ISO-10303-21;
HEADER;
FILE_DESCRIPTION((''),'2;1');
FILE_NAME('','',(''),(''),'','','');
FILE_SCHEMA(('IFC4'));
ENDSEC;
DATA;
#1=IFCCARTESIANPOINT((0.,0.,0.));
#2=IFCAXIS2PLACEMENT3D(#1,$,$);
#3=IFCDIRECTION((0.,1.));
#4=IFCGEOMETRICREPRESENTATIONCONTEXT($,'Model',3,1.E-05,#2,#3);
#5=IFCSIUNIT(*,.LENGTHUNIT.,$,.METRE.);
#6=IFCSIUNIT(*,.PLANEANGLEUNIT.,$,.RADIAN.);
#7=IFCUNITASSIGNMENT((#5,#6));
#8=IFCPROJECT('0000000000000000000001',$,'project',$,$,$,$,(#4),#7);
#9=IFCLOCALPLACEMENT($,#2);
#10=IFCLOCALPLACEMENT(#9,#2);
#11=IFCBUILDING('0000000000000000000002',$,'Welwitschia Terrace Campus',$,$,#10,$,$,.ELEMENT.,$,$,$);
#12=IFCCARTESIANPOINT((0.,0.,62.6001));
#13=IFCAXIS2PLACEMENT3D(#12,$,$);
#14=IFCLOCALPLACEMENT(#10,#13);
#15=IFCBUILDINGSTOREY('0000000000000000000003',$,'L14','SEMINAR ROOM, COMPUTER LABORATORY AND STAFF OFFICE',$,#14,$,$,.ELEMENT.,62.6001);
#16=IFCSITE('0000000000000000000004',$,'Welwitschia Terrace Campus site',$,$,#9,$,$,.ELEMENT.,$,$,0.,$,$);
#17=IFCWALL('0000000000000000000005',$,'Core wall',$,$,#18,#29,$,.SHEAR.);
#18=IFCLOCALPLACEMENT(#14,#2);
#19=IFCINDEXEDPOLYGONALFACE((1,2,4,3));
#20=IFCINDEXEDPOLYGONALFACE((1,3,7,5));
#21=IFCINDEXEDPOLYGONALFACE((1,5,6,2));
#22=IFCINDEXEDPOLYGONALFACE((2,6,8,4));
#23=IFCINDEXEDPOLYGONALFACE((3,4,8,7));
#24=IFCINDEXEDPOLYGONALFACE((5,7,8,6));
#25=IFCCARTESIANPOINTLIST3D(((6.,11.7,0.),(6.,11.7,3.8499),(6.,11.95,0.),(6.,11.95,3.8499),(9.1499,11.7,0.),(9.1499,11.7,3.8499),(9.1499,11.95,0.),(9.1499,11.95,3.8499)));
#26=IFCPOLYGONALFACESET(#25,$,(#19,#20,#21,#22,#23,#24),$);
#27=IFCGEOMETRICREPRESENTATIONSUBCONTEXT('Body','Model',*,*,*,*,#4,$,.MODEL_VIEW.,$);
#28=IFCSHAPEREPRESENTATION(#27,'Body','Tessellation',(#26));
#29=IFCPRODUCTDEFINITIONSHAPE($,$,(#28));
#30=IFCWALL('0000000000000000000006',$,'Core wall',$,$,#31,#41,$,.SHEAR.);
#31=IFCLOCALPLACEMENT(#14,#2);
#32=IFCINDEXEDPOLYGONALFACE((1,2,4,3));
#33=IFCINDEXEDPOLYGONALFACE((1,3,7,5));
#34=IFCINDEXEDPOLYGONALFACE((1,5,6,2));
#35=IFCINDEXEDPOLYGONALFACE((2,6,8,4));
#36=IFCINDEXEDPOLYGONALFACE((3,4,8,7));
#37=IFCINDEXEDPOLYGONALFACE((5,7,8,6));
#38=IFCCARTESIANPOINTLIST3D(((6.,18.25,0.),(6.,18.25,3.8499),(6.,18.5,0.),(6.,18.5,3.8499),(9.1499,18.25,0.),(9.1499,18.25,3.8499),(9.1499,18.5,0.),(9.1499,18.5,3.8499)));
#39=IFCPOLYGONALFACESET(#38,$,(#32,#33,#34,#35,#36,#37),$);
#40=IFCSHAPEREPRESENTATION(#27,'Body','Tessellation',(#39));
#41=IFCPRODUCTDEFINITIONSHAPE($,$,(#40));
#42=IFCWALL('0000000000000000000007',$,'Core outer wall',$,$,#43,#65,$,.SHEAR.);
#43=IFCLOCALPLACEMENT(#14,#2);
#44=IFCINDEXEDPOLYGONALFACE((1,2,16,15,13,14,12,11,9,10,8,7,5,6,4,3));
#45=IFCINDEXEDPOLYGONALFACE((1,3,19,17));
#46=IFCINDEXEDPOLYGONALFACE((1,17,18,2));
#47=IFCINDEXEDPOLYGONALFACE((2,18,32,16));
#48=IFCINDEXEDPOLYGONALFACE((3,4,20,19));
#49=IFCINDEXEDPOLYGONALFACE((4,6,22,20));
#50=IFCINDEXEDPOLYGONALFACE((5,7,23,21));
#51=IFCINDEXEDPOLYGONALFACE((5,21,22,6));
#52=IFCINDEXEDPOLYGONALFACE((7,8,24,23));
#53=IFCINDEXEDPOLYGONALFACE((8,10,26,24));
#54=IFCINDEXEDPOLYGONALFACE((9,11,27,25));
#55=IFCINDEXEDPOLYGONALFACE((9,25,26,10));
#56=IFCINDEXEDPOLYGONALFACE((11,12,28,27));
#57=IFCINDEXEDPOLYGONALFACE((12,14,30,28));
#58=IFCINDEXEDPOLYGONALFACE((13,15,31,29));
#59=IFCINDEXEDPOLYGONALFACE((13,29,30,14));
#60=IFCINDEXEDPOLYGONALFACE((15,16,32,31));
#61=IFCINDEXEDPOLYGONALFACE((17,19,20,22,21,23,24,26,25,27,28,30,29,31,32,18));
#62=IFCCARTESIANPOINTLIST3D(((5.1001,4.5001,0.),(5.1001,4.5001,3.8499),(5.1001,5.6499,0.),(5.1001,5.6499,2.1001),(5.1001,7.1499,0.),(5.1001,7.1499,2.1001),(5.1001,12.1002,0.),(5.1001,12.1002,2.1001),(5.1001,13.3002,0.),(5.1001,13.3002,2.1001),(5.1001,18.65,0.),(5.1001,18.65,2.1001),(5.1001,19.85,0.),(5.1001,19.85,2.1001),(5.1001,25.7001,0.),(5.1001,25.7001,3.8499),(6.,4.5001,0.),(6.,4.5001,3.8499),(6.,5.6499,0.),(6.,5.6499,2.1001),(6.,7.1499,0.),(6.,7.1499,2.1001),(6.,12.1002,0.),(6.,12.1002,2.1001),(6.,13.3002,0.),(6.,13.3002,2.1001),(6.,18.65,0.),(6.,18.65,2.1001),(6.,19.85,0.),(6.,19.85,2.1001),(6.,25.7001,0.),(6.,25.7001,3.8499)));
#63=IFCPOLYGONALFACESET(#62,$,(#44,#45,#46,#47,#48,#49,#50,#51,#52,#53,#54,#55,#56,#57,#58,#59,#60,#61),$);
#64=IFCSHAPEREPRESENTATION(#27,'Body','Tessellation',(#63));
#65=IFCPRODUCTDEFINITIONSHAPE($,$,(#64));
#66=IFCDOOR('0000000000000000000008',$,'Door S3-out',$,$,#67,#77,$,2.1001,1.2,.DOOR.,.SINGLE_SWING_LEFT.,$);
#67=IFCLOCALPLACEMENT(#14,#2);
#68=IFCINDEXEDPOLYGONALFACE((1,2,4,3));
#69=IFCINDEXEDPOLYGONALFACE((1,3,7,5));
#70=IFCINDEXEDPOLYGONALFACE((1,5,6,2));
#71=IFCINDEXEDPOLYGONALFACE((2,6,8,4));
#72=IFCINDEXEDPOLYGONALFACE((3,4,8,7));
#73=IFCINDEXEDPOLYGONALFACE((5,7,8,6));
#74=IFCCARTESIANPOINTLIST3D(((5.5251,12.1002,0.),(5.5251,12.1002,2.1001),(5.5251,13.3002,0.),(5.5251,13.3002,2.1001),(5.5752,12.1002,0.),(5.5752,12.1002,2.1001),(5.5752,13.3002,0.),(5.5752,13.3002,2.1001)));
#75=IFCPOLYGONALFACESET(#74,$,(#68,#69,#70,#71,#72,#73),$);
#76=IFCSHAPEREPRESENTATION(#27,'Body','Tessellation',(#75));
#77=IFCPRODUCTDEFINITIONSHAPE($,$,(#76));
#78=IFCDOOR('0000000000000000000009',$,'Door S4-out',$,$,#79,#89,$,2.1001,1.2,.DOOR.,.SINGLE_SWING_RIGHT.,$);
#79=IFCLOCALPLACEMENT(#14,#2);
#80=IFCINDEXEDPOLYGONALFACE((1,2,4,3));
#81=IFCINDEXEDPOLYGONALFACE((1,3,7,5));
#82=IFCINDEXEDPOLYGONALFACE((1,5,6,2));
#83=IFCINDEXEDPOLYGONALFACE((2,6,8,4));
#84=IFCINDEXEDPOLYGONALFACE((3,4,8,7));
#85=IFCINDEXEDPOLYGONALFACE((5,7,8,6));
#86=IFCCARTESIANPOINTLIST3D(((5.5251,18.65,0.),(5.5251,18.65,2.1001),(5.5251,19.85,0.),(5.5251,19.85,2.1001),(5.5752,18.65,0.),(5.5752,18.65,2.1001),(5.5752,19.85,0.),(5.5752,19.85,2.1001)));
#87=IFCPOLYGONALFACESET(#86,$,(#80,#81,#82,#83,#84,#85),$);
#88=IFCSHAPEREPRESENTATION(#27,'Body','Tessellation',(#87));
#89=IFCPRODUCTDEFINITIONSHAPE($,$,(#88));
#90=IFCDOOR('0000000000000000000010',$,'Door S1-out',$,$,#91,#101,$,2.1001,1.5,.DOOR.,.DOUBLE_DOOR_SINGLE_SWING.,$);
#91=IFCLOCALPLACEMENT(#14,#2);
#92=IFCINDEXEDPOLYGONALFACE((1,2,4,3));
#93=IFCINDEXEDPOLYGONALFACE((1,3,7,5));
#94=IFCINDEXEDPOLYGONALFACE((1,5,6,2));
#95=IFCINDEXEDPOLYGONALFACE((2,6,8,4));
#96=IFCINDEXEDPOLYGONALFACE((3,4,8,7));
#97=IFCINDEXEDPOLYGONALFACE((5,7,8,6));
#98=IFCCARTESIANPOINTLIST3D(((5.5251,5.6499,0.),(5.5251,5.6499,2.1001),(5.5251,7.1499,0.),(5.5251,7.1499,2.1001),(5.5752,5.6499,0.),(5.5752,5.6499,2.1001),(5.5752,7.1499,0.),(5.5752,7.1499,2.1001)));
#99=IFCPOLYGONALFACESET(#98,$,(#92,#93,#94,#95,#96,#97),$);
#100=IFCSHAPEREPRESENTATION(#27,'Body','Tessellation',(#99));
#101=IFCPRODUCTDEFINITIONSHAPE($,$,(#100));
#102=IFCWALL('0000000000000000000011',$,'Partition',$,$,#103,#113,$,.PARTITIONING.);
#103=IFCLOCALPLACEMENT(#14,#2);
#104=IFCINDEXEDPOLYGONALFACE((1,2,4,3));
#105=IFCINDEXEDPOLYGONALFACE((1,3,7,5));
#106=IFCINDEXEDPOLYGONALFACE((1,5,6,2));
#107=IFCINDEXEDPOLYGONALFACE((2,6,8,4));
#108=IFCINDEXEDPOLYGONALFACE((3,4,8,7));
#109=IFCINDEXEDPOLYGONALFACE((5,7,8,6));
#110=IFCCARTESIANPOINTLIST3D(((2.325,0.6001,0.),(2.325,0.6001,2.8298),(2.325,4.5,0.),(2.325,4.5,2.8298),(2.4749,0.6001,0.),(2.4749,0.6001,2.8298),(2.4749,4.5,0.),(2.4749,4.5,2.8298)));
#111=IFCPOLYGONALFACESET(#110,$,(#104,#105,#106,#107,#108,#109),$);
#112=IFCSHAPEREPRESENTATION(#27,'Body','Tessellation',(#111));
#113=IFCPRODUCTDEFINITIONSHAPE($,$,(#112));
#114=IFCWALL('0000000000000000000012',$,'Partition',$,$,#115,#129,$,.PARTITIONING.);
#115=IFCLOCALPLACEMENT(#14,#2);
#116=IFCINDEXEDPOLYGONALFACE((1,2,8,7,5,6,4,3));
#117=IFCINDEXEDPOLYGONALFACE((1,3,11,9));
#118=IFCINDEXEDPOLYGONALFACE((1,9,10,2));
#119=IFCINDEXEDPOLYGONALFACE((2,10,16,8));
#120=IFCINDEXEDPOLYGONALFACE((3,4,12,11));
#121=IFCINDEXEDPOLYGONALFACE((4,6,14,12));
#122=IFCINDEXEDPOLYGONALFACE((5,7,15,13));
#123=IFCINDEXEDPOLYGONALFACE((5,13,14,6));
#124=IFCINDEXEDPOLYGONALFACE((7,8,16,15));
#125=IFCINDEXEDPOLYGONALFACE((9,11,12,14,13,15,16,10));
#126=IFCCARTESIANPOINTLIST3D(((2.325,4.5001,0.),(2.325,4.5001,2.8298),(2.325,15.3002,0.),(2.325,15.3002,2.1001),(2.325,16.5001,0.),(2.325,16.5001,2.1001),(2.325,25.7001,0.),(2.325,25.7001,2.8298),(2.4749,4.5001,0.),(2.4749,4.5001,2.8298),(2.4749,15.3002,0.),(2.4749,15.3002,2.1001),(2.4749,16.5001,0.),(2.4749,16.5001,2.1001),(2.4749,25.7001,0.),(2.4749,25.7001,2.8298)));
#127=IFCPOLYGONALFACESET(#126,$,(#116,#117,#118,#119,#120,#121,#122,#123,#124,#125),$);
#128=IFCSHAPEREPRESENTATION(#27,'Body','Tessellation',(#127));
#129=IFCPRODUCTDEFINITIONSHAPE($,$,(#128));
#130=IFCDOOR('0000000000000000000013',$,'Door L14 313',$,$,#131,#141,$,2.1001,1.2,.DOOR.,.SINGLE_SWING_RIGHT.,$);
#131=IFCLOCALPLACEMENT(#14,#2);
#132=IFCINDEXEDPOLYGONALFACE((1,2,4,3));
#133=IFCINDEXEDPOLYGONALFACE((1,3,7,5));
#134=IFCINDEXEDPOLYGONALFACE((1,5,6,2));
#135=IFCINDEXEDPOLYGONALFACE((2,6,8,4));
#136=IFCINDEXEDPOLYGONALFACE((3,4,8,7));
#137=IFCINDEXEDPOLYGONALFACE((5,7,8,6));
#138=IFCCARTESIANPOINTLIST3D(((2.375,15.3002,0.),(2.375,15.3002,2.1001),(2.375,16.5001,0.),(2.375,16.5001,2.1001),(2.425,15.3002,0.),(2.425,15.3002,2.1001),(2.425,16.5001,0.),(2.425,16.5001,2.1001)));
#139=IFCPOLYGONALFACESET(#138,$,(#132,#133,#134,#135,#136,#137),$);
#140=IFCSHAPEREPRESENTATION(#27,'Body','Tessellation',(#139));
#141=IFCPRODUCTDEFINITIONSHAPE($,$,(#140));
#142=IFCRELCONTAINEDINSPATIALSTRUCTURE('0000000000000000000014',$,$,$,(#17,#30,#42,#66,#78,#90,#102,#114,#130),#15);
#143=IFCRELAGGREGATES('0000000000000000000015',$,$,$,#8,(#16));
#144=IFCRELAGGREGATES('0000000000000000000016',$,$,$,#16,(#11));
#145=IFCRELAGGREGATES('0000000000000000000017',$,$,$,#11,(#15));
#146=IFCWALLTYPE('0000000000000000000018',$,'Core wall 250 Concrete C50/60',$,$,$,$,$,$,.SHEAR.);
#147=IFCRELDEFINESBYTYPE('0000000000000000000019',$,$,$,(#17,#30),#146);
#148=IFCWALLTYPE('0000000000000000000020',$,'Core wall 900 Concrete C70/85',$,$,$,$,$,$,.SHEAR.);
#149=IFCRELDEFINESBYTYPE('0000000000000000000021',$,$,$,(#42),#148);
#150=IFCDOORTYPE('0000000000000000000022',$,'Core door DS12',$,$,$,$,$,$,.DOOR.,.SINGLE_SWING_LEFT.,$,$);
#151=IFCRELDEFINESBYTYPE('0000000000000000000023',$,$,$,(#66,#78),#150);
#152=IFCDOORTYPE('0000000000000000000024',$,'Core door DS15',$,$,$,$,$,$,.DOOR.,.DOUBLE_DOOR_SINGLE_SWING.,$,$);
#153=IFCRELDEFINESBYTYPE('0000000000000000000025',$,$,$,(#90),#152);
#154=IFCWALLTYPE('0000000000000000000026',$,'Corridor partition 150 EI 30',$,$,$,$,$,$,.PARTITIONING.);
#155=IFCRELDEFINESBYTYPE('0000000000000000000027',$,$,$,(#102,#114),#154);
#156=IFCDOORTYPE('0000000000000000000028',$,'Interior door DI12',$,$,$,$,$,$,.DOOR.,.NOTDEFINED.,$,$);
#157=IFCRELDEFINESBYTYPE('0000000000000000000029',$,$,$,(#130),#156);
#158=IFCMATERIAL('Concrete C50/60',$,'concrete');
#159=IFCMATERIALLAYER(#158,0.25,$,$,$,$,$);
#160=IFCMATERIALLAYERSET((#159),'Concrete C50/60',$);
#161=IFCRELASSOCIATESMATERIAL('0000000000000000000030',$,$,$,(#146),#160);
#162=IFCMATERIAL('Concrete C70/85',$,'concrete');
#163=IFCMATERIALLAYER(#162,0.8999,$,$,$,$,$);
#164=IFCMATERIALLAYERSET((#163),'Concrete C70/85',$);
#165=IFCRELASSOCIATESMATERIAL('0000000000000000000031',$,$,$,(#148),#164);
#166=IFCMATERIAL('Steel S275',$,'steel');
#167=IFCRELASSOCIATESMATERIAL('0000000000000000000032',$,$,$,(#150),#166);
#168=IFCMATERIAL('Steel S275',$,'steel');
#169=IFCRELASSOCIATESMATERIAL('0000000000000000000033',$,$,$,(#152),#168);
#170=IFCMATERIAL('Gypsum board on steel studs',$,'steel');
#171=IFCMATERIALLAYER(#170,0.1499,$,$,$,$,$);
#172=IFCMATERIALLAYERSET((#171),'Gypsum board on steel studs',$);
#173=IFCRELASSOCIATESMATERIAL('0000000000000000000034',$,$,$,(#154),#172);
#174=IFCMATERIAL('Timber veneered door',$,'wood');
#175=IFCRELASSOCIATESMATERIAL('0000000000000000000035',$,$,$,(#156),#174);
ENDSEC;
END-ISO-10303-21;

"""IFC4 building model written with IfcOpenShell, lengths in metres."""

from ifc_helpers import new_model, si_unit, direction, frame, frame_2d, origin, place, context, subcontext, project, spatial, rectangle, extrude, material, layer, layer_set, type_object, element, fill, save


model = new_model("IFC4")

# Units and contexts
model_context = context("Model", 3, precision=1e-05, world=origin(), true_north=direction((0.0, 1.0)))
body_context = subcontext(model_context, "Body", "Model", "MODEL_VIEW")
ifc_project = project(units=[si_unit("LENGTHUNIT", "METRE"), si_unit("PLANEANGLEUNIT", "RADIAN")], contexts=[model_context])

# Site, building, storey
site_placement = place(None, origin())
site = spatial("IfcSite", under=ifc_project, at=site_placement, Name="Welwitschia Terrace Campus site", CompositionType="ELEMENT", RefElevation=0.0)
building_placement = place(site_placement, origin())
building = spatial("IfcBuilding", under=site, at=building_placement, Name="Welwitschia Terrace Campus", CompositionType="ELEMENT")
storey_placement = place(building_placement, frame((0.0, 0.0, 62.6001)))
storey = spatial("IfcBuildingStorey", under=building, at=storey_placement, Name="L14", Description="SEMINAR ROOM, COMPUTER LABORATORY AND STAFF OFFICE", CompositionType="ELEMENT", Elevation=62.6001)

# Walls
ifc_material_1 = material(Name="Concrete C50/60", Category="concrete")
ifc_layer_1 = layer(ifc_material_1, 0.25)
ifc_layer_set_1 = layer_set([ifc_layer_1], Name="Concrete C50/60")
wall_type_1 = type_object("IfcWallType", Name="Core wall 250 Concrete C50/60", PredefinedType="SHEAR", material=ifc_layer_set_1)
for number, where, z_axis, x_axis, name in (
    (1, (6.0, 11.825, 0.0), (0.0, 0.0, 1.0), (1.0, 0.0, 0.0), "Core wall"),
    (2, (6.0, 18.375, 0.0), (0.0, 0.0, 1.0), (1.0, 0.0, 0.0), "Core wall"),
):
    element("IfcWall", number, at=place(storey_placement, frame(where, z_axis=z_axis, x_axis=x_axis)), inside=storey, type_object=wall_type_1, Name=name, PredefinedType="SHEAR", context=body_context, shape_type="SweptSolid", body=[
        extrude(rectangle(XDim=3.1499, YDim=0.25, at=frame_2d((1.575, 0.0))), origin(), (0.0, 0.0, 1.0), 3.8499),
    ])

# Wall, openings, doors
ifc_material_2 = material(Name="Concrete C70/85", Category="concrete")
ifc_layer_2 = layer(ifc_material_2, 0.8999)
ifc_layer_set_2 = layer_set([ifc_layer_2], Name="Concrete C70/85")
wall_type_2 = type_object("IfcWallType", Name="Core wall 900 Concrete C70/85", PredefinedType="SHEAR", material=ifc_layer_set_2)
wall_1_placement = place(storey_placement, frame((5.55, 4.5, 0.0), z_axis=(0.0, 0.0, 1.0), x_axis=(0.0, 1.0, 0.0)))
wall_1 = element("IfcWall", 3, at=wall_1_placement, inside=storey, type_object=wall_type_2, Name="Core outer wall", PredefinedType="SHEAR", context=body_context, shape_type="SweptSolid", body=[
    extrude(rectangle(XDim=21.2, YDim=0.8999, at=frame_2d((10.6001, 0.0))), origin(), (0.0, 0.0, 1.0), 3.8499),
])
opening_1_placement = place(wall_1_placement, frame((1.1499, 0.0, 0.0)))
opening_1 = element("IfcOpeningElement", 4, at=opening_1_placement, cuts=wall_1, PredefinedType="OPENING", context=body_context, shape_type="SweptSolid", body=[
    extrude(rectangle(XDim=1.5, YDim=2.1001, at=frame_2d((0.75, 1.05))), frame((0.0, 0.46, 0.0), z_axis=(0.0, -1.0, 0.0), x_axis=(1.0, 0.0, 0.0)), (0.0, 0.0, 1.0), 0.9199),
])
opening_2_placement = place(wall_1_placement, frame((7.6001, 0.0, 0.0)))
opening_2 = element("IfcOpeningElement", 5, at=opening_2_placement, cuts=wall_1, PredefinedType="OPENING", context=body_context, shape_type="SweptSolid", body=[
    extrude(rectangle(XDim=1.2, YDim=2.1001, at=frame_2d((0.6001, 1.05))), frame((0.0, 0.46, 0.0), z_axis=(0.0, -1.0, 0.0), x_axis=(1.0, 0.0, 0.0)), (0.0, 0.0, 1.0), 0.9199),
])
opening_3_placement = place(wall_1_placement, frame((14.1499, 0.0, 0.0)))
opening_3 = element("IfcOpeningElement", 6, at=opening_3_placement, cuts=wall_1, PredefinedType="OPENING", context=body_context, shape_type="SweptSolid", body=[
    extrude(rectangle(XDim=1.2, YDim=2.1001, at=frame_2d((0.6001, 1.05))), frame((0.0, 0.46, 0.0), z_axis=(0.0, -1.0, 0.0), x_axis=(1.0, 0.0, 0.0)), (0.0, 0.0, 1.0), 0.9199),
])
ifc_material_3 = material(Name="Steel S275", Category="steel")
door_type_1 = type_object("IfcDoorType", Name="Core door DS12", OperationType="SINGLE_SWING_LEFT", PredefinedType="DOOR", material=ifc_material_3)
door_1_placement = place(opening_2_placement, origin())
door_1 = element("IfcDoor", 7, at=door_1_placement, inside=storey, type_object=door_type_1, Name="Door S3-out", OperationType="SINGLE_SWING_LEFT", OverallHeight=2.1001, OverallWidth=1.2, PredefinedType="DOOR", context=body_context, shape_type="SweptSolid", body=[
    extrude(rectangle(XDim=1.2, YDim=2.1001, at=frame_2d((0.6001, 1.05))), frame((0.0, 0.0249, 0.0), z_axis=(0.0, -1.0, 0.0), x_axis=(1.0, 0.0, 0.0)), (0.0, 0.0, 1.0), 0.05),
])
fill(opening_2, door_1)
door_2_placement = place(opening_3_placement, origin())
door_2 = element("IfcDoor", 8, at=door_2_placement, inside=storey, type_object=door_type_1, Name="Door S4-out", OperationType="SINGLE_SWING_RIGHT", OverallHeight=2.1001, OverallWidth=1.2, PredefinedType="DOOR", context=body_context, shape_type="SweptSolid", body=[
    extrude(rectangle(XDim=1.2, YDim=2.1001, at=frame_2d((0.6001, 1.05))), frame((0.0, 0.0249, 0.0), z_axis=(0.0, -1.0, 0.0), x_axis=(1.0, 0.0, 0.0)), (0.0, 0.0, 1.0), 0.05),
])
fill(opening_3, door_2)
ifc_material_4 = material(Name="Steel S275", Category="steel")
door_type_2 = type_object("IfcDoorType", Name="Core door DS15", OperationType="DOUBLE_DOOR_SINGLE_SWING", PredefinedType="DOOR", material=ifc_material_4)
door_3_placement = place(opening_1_placement, origin())
door_3 = element("IfcDoor", 9, at=door_3_placement, inside=storey, type_object=door_type_2, Name="Door S1-out", OperationType="DOUBLE_DOOR_SINGLE_SWING", OverallHeight=2.1001, OverallWidth=1.5, PredefinedType="DOOR", context=body_context, shape_type="SweptSolid", body=[
    extrude(rectangle(XDim=1.5, YDim=2.1001, at=frame_2d((0.75, 1.05))), frame((0.0, 0.0249, 0.0), z_axis=(0.0, -1.0, 0.0), x_axis=(1.0, 0.0, 0.0)), (0.0, 0.0, 1.0), 0.05),
])
fill(opening_1, door_3)

# Wall
ifc_material_5 = material(Name="Gypsum board on steel studs", Category="steel")
ifc_layer_3 = layer(ifc_material_5, 0.1499)
ifc_layer_set_3 = layer_set([ifc_layer_3], Name="Gypsum board on steel studs")
wall_type_3 = type_object("IfcWallType", Name="Corridor partition 150 EI 30", PredefinedType="PARTITIONING", material=ifc_layer_set_3)
wall_2_placement = place(storey_placement, frame((2.3999, 0.6001, 0.0), z_axis=(0.0, 0.0, 1.0), x_axis=(0.0, 1.0, 0.0)))
element("IfcWall", 10, at=wall_2_placement, inside=storey, type_object=wall_type_3, Name="Partition", PredefinedType="PARTITIONING", context=body_context, shape_type="SweptSolid", body=[
    extrude(rectangle(XDim=3.8999, YDim=0.1499, at=frame_2d((1.95, 0.0))), origin(), (0.0, 0.0, 1.0), 2.8298),
])

# Wall, opening, door
wall_3_placement = place(storey_placement, frame((2.3999, 4.5, 0.0), z_axis=(0.0, 0.0, 1.0), x_axis=(0.0, 1.0, 0.0)))
wall_3 = element("IfcWall", 11, at=wall_3_placement, inside=storey, type_object=wall_type_3, Name="Partition", PredefinedType="PARTITIONING", context=body_context, shape_type="SweptSolid", body=[
    extrude(rectangle(XDim=21.2, YDim=0.1499, at=frame_2d((10.6001, 0.0))), origin(), (0.0, 0.0, 1.0), 2.8298),
])
opening_4_placement = place(wall_3_placement, frame((10.8, 0.0, 0.0)))
opening_4 = element("IfcOpeningElement", 12, at=opening_4_placement, cuts=wall_3, PredefinedType="OPENING", context=body_context, shape_type="SweptSolid", body=[
    extrude(rectangle(XDim=1.2, YDim=2.1001, at=frame_2d((0.6001, 1.05))), frame((0.0, 0.085, 0.0), z_axis=(0.0, -1.0, 0.0), x_axis=(1.0, 0.0, 0.0)), (0.0, 0.0, 1.0), 0.1699),
])
ifc_material_6 = material(Name="Timber veneered door", Category="wood")
door_type_3 = type_object("IfcDoorType", Name="Interior door DI12", OperationType="NOTDEFINED", PredefinedType="DOOR", material=ifc_material_6)
door_4_placement = place(opening_4_placement, origin())
door_4 = element("IfcDoor", 13, at=door_4_placement, inside=storey, type_object=door_type_3, Name="Door L14 313", OperationType="SINGLE_SWING_RIGHT", OverallHeight=2.1001, OverallWidth=1.2, PredefinedType="DOOR", context=body_context, shape_type="SweptSolid", body=[
    extrude(rectangle(XDim=1.2, YDim=2.1001, at=frame_2d((0.6001, 1.05))), frame((0.0, 0.0249, 0.0), z_axis=(0.0, -1.0, 0.0), x_axis=(1.0, 0.0, 0.0)), (0.0, 0.0, 1.0), 0.05),
])
fill(opening_4, door_4)

save(model, "model.ifc")
